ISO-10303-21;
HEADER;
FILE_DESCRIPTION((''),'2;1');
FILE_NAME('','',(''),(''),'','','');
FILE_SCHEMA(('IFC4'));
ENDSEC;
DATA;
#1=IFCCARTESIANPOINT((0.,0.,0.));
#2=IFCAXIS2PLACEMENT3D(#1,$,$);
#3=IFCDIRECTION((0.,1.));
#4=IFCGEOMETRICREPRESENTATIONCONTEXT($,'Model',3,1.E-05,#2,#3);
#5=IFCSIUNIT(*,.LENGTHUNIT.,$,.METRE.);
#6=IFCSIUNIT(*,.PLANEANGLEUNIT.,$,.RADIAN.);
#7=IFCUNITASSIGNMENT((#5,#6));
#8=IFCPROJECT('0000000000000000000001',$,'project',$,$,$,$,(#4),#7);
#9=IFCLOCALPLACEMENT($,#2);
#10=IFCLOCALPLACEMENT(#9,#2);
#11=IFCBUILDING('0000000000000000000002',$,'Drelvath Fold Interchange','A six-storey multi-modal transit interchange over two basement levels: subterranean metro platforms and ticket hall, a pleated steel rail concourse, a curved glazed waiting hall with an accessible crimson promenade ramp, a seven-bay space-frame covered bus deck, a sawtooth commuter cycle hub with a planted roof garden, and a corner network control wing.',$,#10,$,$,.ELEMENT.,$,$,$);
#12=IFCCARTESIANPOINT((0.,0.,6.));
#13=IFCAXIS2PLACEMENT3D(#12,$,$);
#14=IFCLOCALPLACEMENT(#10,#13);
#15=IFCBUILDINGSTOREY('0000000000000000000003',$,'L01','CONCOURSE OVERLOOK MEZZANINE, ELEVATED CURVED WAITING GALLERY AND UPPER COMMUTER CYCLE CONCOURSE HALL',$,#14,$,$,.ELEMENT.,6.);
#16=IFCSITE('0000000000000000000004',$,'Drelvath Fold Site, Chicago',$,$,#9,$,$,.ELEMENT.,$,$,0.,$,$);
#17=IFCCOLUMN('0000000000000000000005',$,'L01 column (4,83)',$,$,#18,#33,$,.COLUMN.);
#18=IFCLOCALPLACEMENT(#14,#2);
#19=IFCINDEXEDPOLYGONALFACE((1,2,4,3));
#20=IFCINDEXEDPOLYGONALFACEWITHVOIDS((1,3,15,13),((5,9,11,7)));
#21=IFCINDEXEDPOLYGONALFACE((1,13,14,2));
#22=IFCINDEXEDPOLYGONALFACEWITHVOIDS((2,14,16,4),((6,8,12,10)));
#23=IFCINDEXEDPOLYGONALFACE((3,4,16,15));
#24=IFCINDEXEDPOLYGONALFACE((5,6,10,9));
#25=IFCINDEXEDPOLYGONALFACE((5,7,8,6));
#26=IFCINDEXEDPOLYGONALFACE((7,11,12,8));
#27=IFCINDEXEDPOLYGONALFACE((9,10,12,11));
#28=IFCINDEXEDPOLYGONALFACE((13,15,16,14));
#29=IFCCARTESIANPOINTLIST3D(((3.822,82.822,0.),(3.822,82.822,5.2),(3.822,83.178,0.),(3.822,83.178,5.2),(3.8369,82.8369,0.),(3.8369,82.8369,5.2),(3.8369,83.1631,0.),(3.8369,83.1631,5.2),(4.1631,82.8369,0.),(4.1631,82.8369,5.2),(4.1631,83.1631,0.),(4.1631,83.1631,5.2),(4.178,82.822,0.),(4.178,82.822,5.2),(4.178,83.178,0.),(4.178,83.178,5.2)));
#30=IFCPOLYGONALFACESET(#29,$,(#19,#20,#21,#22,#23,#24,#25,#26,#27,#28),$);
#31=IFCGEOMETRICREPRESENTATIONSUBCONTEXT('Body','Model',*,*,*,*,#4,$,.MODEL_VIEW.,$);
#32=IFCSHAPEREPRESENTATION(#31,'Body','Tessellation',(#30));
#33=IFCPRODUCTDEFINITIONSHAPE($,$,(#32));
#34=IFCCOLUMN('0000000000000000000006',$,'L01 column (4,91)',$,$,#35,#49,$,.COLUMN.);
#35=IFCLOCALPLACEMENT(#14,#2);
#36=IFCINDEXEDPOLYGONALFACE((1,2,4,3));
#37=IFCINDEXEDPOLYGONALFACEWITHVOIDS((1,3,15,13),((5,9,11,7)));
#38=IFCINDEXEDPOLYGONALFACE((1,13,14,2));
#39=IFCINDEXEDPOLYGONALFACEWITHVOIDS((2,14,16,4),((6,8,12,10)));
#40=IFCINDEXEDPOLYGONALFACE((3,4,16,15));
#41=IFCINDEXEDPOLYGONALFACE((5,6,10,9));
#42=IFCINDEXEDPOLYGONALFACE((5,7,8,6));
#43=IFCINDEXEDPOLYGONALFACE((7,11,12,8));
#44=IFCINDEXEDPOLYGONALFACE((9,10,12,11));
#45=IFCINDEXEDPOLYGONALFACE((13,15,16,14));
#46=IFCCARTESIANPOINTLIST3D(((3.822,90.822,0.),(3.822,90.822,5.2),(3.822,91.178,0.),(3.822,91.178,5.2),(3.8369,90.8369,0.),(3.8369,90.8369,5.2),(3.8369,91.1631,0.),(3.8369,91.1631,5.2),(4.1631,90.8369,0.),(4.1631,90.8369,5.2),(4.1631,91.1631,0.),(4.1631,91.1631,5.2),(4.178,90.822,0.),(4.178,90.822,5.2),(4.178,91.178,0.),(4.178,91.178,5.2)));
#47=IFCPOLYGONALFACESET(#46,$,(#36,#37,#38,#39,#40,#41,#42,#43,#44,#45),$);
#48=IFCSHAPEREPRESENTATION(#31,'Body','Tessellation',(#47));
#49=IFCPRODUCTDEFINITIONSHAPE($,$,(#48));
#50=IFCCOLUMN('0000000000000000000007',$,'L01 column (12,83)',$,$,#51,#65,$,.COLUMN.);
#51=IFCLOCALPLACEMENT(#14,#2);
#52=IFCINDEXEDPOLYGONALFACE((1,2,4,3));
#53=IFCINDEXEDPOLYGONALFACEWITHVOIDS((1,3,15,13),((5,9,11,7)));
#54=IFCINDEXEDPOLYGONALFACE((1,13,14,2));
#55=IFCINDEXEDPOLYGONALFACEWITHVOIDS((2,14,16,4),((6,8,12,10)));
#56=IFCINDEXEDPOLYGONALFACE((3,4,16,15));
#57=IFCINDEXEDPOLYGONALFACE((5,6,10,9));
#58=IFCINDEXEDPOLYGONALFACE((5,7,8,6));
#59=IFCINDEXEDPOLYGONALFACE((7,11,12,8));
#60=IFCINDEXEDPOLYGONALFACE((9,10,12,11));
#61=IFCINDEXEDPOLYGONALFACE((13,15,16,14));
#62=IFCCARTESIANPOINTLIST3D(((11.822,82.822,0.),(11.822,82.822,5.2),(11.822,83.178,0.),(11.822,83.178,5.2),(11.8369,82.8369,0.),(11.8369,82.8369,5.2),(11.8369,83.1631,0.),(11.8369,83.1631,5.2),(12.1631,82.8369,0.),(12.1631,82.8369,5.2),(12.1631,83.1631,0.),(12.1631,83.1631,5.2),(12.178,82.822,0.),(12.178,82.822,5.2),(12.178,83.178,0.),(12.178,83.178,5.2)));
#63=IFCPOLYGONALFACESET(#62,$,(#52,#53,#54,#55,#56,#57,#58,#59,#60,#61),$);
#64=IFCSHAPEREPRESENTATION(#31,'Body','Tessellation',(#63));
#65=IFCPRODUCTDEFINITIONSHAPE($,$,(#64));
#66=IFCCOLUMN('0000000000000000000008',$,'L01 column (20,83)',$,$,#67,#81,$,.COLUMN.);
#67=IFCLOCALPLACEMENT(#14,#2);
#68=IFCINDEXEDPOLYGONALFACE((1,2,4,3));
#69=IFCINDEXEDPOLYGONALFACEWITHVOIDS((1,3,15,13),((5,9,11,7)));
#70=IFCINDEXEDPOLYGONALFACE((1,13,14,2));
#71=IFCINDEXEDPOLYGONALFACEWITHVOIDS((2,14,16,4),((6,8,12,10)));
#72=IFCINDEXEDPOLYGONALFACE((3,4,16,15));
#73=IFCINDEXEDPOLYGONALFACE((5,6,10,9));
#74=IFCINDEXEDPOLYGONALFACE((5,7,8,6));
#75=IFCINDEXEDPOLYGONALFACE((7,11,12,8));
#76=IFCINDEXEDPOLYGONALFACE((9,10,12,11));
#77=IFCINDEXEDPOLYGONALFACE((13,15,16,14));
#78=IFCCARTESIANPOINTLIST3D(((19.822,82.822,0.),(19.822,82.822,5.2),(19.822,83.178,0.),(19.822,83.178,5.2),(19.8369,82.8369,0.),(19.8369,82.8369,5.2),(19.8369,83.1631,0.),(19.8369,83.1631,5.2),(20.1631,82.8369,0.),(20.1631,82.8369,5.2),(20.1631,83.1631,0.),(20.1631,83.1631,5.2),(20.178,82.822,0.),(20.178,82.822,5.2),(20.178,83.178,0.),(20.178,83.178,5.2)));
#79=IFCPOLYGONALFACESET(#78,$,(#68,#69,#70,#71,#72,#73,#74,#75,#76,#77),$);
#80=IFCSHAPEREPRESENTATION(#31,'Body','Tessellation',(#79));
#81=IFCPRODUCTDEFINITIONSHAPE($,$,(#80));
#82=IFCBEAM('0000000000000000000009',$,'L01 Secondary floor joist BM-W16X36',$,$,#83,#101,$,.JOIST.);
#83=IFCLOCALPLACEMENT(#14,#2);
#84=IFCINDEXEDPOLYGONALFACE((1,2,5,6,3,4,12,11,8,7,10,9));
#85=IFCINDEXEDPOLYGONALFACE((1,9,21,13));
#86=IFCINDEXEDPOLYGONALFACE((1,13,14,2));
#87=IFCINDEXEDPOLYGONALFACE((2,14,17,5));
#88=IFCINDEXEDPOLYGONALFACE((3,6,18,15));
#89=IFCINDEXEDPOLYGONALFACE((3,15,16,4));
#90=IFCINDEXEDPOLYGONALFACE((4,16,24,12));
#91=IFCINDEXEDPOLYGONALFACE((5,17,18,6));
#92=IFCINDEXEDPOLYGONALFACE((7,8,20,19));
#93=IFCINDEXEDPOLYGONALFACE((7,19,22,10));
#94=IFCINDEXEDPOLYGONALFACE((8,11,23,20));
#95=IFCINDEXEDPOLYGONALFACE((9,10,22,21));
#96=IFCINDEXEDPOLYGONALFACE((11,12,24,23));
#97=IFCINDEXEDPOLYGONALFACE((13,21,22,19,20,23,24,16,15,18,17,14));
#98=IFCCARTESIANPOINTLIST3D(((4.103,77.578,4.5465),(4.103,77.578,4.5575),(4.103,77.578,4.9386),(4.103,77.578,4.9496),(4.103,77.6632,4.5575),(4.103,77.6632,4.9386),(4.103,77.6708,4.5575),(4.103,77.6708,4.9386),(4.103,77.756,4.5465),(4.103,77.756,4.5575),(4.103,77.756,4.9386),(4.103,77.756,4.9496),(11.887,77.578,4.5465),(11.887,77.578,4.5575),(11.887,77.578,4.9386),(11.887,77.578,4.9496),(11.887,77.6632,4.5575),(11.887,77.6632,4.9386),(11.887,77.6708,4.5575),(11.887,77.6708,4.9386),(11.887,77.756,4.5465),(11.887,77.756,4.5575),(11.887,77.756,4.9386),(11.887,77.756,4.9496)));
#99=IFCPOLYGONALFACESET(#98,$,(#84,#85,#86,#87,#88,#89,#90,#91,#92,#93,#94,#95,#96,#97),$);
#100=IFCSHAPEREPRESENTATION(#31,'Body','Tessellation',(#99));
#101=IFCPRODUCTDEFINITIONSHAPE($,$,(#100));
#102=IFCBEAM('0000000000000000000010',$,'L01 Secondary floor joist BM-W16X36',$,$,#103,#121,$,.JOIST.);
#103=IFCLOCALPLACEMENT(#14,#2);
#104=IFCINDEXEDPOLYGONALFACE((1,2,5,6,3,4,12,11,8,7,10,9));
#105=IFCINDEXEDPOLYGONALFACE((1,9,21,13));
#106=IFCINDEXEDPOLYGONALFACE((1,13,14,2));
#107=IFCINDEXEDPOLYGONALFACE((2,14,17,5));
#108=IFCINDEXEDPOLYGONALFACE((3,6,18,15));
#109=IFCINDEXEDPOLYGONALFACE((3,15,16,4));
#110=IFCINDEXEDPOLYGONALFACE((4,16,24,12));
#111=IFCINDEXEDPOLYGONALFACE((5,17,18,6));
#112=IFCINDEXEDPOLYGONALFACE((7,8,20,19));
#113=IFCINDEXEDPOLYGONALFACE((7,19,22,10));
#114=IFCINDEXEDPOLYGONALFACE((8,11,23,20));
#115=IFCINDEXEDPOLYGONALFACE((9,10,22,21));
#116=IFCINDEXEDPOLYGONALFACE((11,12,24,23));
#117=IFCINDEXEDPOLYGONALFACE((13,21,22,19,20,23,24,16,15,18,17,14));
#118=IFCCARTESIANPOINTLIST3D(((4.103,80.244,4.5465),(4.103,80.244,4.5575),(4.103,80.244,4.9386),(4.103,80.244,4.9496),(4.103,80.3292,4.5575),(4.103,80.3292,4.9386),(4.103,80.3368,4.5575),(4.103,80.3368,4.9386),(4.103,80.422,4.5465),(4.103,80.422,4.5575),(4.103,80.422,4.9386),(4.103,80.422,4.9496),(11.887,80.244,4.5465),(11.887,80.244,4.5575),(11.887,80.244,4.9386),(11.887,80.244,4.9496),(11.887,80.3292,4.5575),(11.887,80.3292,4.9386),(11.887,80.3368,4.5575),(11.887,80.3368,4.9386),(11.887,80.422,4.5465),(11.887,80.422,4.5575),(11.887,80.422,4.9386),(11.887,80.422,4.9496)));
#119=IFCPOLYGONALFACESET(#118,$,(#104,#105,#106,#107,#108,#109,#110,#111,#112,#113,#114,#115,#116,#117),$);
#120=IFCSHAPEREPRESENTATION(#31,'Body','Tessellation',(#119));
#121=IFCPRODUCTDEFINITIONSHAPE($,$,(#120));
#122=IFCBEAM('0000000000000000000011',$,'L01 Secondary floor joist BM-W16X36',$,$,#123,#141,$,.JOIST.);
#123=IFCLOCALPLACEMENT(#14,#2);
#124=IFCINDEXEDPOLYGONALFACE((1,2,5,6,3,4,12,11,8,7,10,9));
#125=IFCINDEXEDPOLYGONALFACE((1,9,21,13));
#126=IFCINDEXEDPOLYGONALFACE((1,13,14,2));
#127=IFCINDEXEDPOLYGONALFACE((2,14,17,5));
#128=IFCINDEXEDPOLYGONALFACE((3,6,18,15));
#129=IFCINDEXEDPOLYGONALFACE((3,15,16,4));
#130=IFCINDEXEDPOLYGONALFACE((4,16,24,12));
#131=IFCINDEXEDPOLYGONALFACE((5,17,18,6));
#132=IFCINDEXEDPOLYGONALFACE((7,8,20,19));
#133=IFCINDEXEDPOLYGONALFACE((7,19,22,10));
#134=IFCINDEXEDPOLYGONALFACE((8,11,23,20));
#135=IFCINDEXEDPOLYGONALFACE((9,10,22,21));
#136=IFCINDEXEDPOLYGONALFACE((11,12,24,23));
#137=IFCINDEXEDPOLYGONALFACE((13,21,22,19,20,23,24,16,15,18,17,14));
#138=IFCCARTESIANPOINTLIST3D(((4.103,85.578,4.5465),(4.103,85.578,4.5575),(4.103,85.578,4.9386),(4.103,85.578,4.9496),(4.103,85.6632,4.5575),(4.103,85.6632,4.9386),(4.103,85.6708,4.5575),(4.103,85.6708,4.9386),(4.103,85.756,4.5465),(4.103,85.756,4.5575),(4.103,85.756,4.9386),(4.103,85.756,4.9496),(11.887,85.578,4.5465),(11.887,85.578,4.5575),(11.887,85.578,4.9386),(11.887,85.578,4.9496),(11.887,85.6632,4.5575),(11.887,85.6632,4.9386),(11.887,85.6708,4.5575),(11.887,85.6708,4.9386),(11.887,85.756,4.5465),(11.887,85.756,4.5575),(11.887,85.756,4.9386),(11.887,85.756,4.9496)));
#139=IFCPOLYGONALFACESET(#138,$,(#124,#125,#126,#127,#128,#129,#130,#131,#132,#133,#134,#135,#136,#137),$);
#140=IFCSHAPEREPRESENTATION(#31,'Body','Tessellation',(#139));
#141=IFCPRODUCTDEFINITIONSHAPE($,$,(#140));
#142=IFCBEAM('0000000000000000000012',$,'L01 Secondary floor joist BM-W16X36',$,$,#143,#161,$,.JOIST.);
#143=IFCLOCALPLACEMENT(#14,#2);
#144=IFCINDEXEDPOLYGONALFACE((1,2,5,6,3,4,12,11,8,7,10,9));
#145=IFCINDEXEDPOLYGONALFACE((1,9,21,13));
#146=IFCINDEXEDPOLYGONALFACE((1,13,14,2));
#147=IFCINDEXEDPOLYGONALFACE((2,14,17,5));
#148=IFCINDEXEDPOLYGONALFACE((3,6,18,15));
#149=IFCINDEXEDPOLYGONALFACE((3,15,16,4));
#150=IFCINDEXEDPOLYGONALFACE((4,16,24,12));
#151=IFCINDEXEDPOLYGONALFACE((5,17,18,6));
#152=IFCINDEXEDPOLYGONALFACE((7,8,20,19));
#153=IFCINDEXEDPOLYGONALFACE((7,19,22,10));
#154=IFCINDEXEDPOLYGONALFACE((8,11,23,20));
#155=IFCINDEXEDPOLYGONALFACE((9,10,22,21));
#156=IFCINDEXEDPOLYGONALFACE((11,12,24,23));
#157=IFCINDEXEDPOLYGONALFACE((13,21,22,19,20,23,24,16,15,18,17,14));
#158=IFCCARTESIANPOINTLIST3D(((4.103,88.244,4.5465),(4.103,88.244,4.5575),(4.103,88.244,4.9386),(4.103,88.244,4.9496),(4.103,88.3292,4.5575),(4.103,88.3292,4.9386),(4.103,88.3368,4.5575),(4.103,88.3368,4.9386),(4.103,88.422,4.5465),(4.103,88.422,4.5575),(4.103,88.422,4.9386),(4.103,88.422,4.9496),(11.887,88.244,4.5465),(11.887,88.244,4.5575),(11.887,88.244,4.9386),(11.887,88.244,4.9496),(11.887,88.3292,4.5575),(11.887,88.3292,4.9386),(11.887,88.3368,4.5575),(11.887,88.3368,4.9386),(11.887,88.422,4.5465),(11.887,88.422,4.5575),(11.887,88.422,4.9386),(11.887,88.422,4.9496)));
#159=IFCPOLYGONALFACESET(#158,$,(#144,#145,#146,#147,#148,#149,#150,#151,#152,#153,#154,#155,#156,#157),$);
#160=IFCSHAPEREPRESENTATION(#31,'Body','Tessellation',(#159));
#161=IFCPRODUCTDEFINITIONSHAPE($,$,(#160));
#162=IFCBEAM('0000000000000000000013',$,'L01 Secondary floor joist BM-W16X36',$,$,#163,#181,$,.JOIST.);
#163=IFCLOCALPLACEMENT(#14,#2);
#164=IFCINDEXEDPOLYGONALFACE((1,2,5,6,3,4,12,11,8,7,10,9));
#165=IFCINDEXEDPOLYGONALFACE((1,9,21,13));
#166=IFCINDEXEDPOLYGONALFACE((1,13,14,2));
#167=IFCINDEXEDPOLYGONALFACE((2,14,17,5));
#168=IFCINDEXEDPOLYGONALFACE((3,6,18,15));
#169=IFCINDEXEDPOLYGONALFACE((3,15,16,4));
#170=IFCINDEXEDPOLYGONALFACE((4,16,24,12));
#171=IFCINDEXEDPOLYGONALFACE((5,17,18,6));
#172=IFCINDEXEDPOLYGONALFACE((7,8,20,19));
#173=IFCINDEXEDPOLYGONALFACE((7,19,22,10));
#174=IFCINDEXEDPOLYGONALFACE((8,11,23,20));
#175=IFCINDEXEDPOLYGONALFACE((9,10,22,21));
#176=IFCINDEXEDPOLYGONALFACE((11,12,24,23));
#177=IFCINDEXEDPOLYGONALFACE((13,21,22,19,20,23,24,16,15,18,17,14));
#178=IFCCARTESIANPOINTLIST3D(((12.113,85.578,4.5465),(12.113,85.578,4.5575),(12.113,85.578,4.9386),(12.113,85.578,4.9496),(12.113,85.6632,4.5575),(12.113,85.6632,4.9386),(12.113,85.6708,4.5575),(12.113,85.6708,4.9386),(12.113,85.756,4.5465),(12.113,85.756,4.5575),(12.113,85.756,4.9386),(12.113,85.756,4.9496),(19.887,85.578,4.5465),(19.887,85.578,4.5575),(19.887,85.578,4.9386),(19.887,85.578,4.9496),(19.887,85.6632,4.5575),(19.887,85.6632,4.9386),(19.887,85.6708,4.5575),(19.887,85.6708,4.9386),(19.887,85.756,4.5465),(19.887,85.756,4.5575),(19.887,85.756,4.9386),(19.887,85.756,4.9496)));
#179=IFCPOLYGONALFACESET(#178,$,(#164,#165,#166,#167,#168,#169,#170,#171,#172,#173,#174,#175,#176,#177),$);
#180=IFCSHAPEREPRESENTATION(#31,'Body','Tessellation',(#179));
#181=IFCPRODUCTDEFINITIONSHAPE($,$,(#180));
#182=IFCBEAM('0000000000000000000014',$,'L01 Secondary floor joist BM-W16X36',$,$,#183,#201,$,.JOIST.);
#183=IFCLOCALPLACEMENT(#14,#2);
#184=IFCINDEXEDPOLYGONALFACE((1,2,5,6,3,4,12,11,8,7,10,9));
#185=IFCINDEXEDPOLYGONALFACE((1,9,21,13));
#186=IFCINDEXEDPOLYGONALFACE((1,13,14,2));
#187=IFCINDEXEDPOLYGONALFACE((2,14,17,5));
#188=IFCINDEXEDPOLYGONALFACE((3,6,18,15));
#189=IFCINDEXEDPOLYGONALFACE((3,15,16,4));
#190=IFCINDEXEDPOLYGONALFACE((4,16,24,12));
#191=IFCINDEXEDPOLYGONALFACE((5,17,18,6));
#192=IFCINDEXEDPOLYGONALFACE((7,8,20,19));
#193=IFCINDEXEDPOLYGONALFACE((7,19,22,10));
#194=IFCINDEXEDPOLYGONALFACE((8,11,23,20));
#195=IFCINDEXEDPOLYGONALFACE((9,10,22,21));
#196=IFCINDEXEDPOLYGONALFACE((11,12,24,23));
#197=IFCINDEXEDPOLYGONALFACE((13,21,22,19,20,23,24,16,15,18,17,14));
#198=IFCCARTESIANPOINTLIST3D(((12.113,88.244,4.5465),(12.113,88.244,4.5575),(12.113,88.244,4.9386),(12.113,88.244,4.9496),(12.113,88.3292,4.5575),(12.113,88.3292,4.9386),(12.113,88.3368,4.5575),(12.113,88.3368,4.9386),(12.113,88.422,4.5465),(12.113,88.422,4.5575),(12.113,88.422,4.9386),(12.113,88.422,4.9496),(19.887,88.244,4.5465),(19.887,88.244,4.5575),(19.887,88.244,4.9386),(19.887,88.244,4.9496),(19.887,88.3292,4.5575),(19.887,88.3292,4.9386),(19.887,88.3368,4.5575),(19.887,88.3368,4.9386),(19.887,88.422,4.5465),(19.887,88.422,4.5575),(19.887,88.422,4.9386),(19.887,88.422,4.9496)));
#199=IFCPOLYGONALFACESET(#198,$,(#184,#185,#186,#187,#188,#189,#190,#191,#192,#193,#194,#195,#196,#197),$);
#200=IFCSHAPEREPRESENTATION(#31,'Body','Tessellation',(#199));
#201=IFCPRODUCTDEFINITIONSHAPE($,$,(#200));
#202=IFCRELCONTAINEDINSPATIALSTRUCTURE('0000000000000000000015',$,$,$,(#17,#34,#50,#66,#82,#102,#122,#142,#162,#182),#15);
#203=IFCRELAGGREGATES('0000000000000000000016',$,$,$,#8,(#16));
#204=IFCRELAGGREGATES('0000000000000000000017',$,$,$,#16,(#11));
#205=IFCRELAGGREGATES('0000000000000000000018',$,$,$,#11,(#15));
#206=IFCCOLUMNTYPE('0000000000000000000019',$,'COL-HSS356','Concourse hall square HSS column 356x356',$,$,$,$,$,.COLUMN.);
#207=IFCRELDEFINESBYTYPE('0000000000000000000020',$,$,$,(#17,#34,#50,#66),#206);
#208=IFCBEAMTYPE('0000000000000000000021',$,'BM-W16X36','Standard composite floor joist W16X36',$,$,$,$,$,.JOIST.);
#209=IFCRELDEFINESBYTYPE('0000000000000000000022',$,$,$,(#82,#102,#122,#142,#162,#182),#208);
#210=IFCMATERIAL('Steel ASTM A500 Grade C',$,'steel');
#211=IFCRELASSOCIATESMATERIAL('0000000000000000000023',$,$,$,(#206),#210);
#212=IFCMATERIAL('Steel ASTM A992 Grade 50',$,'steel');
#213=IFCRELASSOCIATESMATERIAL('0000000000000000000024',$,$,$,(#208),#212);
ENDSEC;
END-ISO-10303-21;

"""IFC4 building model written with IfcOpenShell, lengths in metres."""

from ifc_helpers import new_model, si_unit, direction, frame, origin, origin_2d, place, context, subcontext, project, spatial, hollow_rectangle, i_section, extrude, material, material_profile, profile_set, type_object, element, save


model = new_model("IFC4")

# Units and contexts
model_context = context("Model", 3, precision=1e-05, world=origin(), true_north=direction((0.0, 1.0)))
body_context = subcontext(model_context, "Body", "Model", "MODEL_VIEW")
ifc_project = project(units=[si_unit("LENGTHUNIT", "METRE"), si_unit("PLANEANGLEUNIT", "RADIAN")], contexts=[model_context])

# Site, building, storey
site_placement = place(None, origin())
site = spatial("IfcSite", under=ifc_project, at=site_placement, Name="Drelvath Fold Site, Chicago", CompositionType="ELEMENT", RefElevation=0.0)
building_placement = place(site_placement, origin())
building = spatial("IfcBuilding", under=site, at=building_placement, Name="Drelvath Fold Interchange", Description="A six-storey multi-modal transit interchange over two basement levels: subterranean metro platforms and ticket hall, a pleated steel rail concourse, a curved glazed waiting hall with an accessible crimson promenade ramp, a seven-bay space-frame covered bus deck, a sawtooth commuter cycle hub with a planted roof garden, and a corner network control wing.", CompositionType="ELEMENT")
storey_placement = place(building_placement, frame((0.0, 0.0, 6.0)))
storey = spatial("IfcBuildingStorey", under=building, at=storey_placement, Name="L01", Description="CONCOURSE OVERLOOK MEZZANINE, ELEVATED CURVED WAITING GALLERY AND UPPER COMMUTER CYCLE CONCOURSE HALL", CompositionType="ELEMENT", Elevation=6.0)

# Columns
ifc_material_1 = material(Name="Steel ASTM A500 Grade C", Category="steel")
ifc_material_profile_1 = material_profile(ifc_material_1, hollow_rectangle(XDim=0.356, YDim=0.356, WallThickness=0.0149, at=origin_2d()), Name="HSS14X14X5/8")
ifc_profile_set_1 = profile_set([ifc_material_profile_1], Name="Steel ASTM A500 Grade C")
column_type = type_object("IfcColumnType", Name="COL-HSS356", Description="Concourse hall square HSS column 356x356", PredefinedType="COLUMN", material=ifc_profile_set_1)
for number, where, z_axis, x_axis, name in (
    (1, (4.0, 83.0, 0.0), (0.0, 0.0, 1.0), (1.0, 0.0, 0.0), "L01 column (4,83)"),
    (2, (4.0, 91.0, 0.0), (0.0, 0.0, 1.0), (1.0, 0.0, 0.0), "L01 column (4,91)"),
    (3, (12.0, 83.0, 0.0), (0.0, 0.0, 1.0), (1.0, 0.0, 0.0), "L01 column (12,83)"),
    (4, (20.0, 83.0, 0.0), (0.0, 0.0, 1.0), (1.0, 0.0, 0.0), "L01 column (20,83)"),
):
    element("IfcColumn", number, at=place(storey_placement, frame(where, z_axis=z_axis, x_axis=x_axis)), inside=storey, type_object=column_type, Name=name, PredefinedType="COLUMN", context=body_context, shape_type="SweptSolid", body=[
        extrude(hollow_rectangle(XDim=0.356, YDim=0.356, WallThickness=0.0149, at=origin_2d()), origin(), (0.0, 0.0, 1.0), 5.2),
    ])

# Beams
ifc_material_2 = material(Name="Steel ASTM A992 Grade 50", Category="steel")
ifc_material_profile_2 = material_profile(ifc_material_2, i_section(OverallWidth=0.178, OverallDepth=0.4031, WebThickness=0.0076, FlangeThickness=0.011, at=origin_2d()), Name="W16X36")
ifc_profile_set_2 = profile_set([ifc_material_profile_2], Name="Steel ASTM A992 Grade 50")
beam_type_1 = type_object("IfcBeamType", Name="BM-W16X36", Description="Standard composite floor joist W16X36", PredefinedType="JOIST", material=ifc_profile_set_2)
for number, where, z_axis, x_axis, name in (
    (5, (4.103, 77.667, 4.748), (1.0, 0.0, 0.0), (0.0, 1.0, 0.0), "L01 Secondary floor joist BM-W16X36"),
    (6, (4.103, 80.333, 4.748), (1.0, 0.0, 0.0), (0.0, 1.0, 0.0), "L01 Secondary floor joist BM-W16X36"),
    (7, (4.103, 85.667, 4.748), (1.0, 0.0, 0.0), (0.0, 1.0, 0.0), "L01 Secondary floor joist BM-W16X36"),
    (8, (4.103, 88.333, 4.748), (1.0, 0.0, 0.0), (0.0, 1.0, 0.0), "L01 Secondary floor joist BM-W16X36"),
):
    element("IfcBeam", number, at=place(storey_placement, frame(where, z_axis=z_axis, x_axis=x_axis)), inside=storey, type_object=beam_type_1, Name=name, PredefinedType="JOIST", context=body_context, shape_type="SweptSolid", body=[
        extrude(i_section(OverallWidth=0.178, OverallDepth=0.4031, WebThickness=0.0076, FlangeThickness=0.011, at=origin_2d()), origin(), (0.0, 0.0, 1.0), 7.7839),
    ])
for number, where, z_axis, x_axis, name in (
    (9, (12.113, 85.667, 4.748), (1.0, 0.0, 0.0), (0.0, 1.0, 0.0), "L01 Secondary floor joist BM-W16X36"),
    (10, (12.113, 88.333, 4.748), (1.0, 0.0, 0.0), (0.0, 1.0, 0.0), "L01 Secondary floor joist BM-W16X36"),
):
    element("IfcBeam", number, at=place(storey_placement, frame(where, z_axis=z_axis, x_axis=x_axis)), inside=storey, type_object=beam_type_1, Name=name, PredefinedType="JOIST", context=body_context, shape_type="SweptSolid", body=[
        extrude(i_section(OverallWidth=0.178, OverallDepth=0.4031, WebThickness=0.0076, FlangeThickness=0.011, at=origin_2d()), origin(), (0.0, 0.0, 1.0), 7.7739),
    ])

save(model, "model.ifc")
